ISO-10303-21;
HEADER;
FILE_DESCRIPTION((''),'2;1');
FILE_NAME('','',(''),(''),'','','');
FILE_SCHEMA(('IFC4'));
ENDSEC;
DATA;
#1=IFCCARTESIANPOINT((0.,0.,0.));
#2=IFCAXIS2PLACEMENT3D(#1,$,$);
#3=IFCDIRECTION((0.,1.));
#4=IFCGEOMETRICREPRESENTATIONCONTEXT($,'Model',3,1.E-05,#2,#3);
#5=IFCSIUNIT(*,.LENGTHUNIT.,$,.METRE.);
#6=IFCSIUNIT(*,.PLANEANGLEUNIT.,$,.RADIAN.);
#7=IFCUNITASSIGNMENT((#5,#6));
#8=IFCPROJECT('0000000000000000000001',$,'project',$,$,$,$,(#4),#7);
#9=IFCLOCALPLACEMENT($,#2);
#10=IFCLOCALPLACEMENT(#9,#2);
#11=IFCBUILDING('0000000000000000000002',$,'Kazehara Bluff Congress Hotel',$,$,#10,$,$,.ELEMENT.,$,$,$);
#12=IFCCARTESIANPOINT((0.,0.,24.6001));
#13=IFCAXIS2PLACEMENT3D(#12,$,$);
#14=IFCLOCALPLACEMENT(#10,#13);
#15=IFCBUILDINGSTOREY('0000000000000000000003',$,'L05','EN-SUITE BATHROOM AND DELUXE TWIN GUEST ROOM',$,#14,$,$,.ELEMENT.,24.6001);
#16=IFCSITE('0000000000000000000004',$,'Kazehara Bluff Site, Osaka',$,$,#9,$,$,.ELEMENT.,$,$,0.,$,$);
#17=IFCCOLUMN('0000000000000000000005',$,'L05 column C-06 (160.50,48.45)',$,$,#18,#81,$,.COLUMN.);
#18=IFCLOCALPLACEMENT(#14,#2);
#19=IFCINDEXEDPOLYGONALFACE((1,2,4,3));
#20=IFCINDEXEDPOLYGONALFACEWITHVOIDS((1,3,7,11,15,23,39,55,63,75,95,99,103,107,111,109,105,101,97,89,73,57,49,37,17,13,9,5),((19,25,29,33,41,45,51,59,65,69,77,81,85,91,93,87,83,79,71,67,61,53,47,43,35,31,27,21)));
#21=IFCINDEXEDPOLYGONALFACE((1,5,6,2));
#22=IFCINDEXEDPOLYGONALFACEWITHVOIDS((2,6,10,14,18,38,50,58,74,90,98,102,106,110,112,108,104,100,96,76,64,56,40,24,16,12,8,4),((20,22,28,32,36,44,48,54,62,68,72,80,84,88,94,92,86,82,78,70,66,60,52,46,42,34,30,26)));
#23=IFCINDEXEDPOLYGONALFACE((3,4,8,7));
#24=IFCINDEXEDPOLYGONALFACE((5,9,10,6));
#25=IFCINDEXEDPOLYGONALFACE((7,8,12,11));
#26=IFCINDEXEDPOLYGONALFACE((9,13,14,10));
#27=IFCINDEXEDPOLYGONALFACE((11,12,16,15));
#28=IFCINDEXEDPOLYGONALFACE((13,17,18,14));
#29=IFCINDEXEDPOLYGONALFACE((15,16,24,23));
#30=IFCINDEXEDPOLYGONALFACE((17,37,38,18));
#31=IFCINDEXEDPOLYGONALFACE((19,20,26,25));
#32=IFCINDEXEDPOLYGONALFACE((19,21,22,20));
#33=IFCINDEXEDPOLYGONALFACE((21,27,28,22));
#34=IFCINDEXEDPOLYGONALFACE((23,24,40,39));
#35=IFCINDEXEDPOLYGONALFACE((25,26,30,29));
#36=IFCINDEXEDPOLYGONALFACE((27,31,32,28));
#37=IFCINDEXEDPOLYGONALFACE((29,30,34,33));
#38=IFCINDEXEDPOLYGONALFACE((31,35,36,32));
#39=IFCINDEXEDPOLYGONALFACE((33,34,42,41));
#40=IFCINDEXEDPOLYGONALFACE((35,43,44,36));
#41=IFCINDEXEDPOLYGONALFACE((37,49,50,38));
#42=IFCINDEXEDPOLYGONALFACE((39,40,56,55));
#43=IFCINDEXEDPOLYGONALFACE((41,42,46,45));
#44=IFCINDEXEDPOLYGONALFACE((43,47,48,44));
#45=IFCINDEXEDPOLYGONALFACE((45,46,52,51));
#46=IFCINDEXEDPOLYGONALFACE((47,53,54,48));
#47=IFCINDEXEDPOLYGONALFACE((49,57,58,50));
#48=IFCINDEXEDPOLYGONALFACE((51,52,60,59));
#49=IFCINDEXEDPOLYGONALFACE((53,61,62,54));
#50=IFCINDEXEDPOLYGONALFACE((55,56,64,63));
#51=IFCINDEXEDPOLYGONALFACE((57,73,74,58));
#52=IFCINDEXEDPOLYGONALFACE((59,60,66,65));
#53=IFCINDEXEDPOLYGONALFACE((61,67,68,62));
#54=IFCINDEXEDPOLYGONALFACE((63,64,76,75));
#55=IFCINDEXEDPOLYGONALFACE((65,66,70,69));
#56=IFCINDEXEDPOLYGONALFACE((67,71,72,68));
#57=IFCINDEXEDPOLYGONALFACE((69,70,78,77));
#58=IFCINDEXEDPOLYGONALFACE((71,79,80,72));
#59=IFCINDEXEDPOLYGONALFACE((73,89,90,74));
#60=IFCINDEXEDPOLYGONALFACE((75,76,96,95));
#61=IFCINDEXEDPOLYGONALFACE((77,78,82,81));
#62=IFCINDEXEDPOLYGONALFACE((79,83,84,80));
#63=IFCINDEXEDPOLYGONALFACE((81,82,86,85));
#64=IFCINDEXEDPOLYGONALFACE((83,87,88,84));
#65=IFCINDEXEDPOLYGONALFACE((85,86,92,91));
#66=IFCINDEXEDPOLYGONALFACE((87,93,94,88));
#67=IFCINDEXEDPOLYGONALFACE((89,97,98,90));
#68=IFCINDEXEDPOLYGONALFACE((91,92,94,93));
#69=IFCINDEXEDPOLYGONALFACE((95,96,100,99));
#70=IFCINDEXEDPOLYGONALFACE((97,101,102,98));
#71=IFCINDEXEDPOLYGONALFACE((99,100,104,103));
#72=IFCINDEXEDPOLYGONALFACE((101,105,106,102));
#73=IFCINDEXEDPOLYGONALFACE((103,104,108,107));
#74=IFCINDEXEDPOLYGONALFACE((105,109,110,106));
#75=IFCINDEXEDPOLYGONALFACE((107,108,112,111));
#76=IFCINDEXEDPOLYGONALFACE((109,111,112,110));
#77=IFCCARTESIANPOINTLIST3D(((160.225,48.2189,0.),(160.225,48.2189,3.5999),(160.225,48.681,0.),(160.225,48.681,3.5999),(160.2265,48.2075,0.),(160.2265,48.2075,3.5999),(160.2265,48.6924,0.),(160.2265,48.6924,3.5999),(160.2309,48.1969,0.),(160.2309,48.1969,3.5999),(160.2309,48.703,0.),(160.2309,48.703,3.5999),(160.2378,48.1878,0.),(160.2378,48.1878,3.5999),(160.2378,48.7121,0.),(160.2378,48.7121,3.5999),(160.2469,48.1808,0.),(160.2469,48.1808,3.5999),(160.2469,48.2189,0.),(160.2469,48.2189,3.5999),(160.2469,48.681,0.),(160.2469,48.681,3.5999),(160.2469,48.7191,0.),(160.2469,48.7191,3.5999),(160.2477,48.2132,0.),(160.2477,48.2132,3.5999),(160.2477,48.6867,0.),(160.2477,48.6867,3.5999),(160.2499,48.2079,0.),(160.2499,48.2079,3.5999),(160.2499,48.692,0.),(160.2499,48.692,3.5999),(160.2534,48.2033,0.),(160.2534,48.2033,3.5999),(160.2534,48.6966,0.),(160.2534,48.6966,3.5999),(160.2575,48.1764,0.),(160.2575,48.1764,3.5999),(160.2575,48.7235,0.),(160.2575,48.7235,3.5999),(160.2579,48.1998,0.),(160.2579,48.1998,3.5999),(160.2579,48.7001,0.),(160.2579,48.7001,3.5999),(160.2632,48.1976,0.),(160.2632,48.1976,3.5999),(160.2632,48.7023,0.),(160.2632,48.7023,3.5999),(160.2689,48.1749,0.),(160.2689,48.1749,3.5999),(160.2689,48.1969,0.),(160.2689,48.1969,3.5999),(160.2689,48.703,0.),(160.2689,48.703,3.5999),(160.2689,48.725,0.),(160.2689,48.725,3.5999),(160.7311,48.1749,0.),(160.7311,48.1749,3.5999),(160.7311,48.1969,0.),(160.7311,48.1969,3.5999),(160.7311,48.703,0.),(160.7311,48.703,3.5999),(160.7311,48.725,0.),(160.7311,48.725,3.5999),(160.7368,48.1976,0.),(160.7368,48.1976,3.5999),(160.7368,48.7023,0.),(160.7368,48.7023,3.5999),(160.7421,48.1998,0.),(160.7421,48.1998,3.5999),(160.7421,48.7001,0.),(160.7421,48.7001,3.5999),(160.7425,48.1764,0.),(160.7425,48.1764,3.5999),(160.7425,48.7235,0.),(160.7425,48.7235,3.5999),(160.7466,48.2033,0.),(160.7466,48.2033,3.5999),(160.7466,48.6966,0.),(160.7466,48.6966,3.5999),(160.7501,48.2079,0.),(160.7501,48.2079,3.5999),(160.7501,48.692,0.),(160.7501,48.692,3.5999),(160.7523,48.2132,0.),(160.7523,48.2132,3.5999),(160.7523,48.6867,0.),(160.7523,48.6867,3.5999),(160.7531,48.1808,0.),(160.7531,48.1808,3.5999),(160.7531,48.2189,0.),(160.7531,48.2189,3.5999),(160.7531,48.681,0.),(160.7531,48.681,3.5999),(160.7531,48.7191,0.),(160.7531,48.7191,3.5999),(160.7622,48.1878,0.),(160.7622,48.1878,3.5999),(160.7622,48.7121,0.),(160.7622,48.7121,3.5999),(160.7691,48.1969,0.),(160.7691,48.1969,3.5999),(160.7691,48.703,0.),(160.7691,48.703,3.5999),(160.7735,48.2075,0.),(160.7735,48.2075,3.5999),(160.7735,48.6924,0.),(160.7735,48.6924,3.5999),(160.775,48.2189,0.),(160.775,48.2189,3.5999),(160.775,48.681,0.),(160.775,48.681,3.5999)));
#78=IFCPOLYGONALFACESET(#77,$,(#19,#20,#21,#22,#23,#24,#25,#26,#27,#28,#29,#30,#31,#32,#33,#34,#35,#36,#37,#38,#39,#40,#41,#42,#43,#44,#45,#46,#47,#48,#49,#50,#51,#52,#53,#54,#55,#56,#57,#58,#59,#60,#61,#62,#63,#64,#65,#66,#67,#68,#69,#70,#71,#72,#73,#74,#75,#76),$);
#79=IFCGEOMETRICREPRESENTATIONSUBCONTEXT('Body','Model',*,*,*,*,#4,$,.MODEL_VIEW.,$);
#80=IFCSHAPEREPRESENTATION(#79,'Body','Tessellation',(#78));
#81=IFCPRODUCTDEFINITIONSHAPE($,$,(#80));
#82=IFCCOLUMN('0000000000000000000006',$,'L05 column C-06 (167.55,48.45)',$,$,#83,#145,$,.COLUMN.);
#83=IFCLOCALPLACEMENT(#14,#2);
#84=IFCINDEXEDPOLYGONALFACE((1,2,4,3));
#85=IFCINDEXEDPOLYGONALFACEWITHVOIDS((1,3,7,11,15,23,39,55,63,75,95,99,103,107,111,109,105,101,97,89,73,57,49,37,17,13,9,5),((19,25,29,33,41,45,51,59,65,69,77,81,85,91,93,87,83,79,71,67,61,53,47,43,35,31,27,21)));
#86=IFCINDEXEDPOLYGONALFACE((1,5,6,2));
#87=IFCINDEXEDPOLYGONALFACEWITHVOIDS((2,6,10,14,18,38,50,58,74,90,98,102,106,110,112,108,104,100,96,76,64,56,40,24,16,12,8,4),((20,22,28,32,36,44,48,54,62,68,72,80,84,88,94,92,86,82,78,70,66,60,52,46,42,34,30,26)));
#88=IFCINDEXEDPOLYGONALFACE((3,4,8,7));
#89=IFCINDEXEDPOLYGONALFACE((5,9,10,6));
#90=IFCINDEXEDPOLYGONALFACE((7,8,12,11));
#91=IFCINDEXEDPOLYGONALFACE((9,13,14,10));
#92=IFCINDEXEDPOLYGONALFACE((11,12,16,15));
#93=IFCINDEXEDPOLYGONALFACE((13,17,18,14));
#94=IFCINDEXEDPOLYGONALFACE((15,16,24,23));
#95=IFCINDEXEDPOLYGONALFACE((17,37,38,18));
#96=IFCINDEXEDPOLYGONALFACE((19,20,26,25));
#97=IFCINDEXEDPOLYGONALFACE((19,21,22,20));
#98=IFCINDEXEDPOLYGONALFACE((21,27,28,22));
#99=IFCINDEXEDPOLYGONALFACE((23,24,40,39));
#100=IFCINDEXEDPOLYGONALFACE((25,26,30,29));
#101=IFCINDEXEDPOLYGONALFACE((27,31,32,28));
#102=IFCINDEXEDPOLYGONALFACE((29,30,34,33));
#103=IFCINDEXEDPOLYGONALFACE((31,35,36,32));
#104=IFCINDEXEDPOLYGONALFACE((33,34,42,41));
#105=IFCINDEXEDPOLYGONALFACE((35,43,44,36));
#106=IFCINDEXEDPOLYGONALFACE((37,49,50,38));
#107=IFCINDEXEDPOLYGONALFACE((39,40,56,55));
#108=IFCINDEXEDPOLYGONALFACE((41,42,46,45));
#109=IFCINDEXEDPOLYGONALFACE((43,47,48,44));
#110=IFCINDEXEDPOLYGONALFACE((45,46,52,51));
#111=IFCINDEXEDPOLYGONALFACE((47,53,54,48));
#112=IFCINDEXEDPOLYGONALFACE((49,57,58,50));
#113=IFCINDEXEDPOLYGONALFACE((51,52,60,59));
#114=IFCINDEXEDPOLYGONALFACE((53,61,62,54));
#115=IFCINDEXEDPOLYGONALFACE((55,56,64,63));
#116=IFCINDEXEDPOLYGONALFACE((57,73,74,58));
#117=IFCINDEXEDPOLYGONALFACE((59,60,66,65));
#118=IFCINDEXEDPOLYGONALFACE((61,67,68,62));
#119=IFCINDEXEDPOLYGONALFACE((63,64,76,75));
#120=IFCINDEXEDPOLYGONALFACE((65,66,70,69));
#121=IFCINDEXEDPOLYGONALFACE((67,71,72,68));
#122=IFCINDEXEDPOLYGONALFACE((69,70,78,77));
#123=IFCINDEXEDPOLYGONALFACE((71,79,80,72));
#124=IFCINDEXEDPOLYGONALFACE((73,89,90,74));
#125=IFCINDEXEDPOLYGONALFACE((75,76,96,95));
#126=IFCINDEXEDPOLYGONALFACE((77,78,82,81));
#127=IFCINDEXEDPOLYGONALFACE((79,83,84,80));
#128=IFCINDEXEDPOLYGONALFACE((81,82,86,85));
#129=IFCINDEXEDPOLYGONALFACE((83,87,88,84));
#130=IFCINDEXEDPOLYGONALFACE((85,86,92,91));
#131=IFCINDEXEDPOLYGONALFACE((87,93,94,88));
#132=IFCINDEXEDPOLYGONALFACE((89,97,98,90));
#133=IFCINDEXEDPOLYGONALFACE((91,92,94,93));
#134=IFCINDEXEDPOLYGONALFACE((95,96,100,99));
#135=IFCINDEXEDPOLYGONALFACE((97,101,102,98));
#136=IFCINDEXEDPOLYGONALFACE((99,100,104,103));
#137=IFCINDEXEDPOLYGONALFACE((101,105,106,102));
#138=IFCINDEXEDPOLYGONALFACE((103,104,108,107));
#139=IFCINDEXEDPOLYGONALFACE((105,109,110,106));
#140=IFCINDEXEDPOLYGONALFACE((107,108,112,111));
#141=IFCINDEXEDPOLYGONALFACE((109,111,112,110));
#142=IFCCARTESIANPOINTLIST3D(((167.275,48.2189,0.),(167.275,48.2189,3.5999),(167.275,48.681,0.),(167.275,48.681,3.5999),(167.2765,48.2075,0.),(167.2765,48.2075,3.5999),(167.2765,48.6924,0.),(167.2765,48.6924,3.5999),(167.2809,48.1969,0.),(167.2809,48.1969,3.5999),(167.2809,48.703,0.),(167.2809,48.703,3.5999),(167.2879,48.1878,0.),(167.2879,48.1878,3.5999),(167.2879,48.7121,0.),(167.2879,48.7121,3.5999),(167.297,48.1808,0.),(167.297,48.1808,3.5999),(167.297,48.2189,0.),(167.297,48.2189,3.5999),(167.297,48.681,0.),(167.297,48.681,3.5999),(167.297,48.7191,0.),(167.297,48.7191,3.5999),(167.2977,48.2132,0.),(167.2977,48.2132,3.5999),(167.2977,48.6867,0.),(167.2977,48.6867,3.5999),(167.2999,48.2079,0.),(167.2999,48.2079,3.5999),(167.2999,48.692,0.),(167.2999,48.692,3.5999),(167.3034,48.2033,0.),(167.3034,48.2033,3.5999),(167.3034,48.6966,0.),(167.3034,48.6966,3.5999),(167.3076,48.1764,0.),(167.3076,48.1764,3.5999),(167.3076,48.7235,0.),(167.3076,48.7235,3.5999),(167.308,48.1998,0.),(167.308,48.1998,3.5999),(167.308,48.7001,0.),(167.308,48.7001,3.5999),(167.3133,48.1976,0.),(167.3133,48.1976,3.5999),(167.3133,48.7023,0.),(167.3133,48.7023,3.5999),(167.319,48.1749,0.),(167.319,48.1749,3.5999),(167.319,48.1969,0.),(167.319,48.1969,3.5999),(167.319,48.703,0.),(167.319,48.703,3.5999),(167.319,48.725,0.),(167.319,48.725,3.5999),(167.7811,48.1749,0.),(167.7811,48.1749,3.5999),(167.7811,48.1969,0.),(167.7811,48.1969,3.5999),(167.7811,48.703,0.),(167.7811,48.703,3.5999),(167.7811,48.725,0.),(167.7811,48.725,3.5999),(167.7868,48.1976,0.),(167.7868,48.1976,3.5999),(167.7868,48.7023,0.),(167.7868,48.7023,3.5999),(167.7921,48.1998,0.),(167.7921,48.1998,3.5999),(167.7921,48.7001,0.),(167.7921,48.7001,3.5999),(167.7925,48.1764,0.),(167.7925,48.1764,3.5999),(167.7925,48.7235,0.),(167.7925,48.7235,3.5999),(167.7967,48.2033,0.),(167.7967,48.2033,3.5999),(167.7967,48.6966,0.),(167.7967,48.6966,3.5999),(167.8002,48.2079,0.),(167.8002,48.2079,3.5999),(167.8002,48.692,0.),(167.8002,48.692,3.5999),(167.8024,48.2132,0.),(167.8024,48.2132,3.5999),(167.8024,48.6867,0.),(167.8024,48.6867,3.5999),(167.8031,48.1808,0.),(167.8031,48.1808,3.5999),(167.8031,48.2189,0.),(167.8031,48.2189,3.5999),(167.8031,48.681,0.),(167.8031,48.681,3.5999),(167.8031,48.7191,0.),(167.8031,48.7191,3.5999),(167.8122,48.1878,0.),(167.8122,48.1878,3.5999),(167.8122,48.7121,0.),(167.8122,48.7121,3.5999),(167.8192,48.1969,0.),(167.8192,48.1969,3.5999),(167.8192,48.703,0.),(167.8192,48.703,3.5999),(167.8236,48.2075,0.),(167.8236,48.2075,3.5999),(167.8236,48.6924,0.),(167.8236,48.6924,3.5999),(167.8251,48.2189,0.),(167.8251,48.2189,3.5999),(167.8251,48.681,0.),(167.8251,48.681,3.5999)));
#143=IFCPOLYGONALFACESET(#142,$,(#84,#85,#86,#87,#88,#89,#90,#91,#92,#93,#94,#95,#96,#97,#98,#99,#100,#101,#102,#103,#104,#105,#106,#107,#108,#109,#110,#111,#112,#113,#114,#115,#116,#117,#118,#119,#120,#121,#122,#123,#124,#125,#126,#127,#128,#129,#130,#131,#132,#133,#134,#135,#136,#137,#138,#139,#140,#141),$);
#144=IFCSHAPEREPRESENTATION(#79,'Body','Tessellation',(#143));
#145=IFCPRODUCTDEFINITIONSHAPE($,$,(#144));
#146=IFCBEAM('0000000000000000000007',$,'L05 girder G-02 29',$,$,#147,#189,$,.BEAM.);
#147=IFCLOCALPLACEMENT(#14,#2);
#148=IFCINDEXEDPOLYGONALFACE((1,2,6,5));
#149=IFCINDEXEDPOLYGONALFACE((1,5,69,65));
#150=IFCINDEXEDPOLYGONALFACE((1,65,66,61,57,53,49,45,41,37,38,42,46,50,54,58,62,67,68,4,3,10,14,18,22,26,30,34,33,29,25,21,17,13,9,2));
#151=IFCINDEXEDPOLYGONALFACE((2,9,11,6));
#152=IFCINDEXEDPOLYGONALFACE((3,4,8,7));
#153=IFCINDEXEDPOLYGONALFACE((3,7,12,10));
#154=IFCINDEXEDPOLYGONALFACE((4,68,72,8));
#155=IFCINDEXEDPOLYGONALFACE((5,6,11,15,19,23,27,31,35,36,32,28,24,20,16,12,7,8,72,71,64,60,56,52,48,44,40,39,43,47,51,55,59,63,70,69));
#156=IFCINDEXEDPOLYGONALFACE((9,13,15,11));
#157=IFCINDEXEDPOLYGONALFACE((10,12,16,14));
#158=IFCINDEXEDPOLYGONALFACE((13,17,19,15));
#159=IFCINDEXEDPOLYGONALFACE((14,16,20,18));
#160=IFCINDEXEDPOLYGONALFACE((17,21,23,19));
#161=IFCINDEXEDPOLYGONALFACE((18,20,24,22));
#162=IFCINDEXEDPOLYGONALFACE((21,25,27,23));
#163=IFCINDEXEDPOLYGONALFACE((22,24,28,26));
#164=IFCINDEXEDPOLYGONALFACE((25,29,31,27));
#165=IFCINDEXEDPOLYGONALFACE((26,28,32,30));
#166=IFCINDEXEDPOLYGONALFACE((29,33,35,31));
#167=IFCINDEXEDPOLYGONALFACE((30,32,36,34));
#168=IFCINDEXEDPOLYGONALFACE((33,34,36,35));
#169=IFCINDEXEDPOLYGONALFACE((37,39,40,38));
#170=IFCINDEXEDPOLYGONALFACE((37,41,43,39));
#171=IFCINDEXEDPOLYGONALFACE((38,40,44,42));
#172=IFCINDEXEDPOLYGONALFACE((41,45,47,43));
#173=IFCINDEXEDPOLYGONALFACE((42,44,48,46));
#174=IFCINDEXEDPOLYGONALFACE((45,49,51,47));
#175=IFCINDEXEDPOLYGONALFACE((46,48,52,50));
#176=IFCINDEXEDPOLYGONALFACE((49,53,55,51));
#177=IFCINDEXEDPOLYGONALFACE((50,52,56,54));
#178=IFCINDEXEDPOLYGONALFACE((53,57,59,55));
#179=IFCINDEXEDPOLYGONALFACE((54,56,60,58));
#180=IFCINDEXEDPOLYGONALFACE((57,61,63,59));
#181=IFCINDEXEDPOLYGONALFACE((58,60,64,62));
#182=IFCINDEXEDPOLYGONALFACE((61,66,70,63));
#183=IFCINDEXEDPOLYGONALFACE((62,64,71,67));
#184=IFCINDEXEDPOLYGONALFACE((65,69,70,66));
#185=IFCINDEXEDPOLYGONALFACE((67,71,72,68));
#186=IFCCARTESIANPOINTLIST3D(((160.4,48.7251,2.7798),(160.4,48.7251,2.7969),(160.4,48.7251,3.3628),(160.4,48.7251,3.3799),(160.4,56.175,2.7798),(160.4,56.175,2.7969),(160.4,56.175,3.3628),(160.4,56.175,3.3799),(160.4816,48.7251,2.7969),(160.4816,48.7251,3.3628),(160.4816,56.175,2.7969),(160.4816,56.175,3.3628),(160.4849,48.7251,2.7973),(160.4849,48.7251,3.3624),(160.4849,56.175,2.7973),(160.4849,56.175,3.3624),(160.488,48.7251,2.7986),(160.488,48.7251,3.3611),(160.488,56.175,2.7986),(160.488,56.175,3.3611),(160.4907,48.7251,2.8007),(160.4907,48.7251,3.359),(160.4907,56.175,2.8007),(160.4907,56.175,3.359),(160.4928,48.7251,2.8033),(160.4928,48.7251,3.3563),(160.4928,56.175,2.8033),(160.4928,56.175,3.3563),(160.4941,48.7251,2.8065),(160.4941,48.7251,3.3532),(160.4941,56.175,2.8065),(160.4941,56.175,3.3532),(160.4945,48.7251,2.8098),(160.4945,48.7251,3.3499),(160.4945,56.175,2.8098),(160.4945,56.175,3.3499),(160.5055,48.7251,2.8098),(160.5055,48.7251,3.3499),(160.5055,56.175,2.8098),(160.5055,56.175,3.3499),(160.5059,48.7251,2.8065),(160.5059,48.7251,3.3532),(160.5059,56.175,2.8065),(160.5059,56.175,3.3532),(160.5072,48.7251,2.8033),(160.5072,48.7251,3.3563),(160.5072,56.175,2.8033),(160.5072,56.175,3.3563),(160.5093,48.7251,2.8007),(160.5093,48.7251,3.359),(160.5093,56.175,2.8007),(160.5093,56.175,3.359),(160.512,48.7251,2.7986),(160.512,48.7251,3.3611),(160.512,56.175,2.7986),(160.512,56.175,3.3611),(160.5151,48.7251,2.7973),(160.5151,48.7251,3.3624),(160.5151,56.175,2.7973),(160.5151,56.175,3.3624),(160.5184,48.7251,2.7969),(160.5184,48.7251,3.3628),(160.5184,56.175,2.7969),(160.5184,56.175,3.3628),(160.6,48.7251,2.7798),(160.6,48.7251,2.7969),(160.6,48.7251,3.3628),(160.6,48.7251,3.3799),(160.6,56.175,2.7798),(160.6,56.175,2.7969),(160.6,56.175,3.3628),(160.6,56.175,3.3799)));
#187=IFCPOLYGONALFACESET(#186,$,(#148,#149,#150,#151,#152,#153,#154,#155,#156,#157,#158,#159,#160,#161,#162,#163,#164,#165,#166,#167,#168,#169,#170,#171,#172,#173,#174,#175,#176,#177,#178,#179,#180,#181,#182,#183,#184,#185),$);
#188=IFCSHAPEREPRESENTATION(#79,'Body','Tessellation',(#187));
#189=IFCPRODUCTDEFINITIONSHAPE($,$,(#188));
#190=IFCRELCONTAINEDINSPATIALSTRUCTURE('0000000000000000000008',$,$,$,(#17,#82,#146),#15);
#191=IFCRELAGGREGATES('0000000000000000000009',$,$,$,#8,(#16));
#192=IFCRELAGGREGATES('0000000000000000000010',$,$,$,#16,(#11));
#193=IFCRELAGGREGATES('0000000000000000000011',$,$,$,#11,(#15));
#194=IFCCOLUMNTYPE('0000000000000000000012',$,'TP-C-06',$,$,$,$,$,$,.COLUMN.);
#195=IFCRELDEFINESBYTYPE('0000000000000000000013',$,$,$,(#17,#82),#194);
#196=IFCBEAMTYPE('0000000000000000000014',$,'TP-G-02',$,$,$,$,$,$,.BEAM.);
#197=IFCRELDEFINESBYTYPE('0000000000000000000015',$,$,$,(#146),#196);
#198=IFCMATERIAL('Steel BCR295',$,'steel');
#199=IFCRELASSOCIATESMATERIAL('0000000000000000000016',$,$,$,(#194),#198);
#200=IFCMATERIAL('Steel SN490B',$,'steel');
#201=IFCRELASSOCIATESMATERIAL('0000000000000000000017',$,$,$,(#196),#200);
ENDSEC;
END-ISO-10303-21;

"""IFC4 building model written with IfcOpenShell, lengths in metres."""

from ifc_helpers import new_model, si_unit, direction, frame, origin, origin_2d, place, context, subcontext, project, spatial, hollow_rectangle, i_section, extrude, material, material_profile, profile_set, type_object, element, save


model = new_model("IFC4")

# Units and contexts
model_context = context("Model", 3, precision=1e-05, world=origin(), true_north=direction((0.0, 1.0)))
body_context = subcontext(model_context, "Body", "Model", "MODEL_VIEW")
ifc_project = project(units=[si_unit("LENGTHUNIT", "METRE"), si_unit("PLANEANGLEUNIT", "RADIAN")], contexts=[model_context])

# Site, building, storey
site_placement = place(None, origin())
site = spatial("IfcSite", under=ifc_project, at=site_placement, Name="Kazehara Bluff Site, Osaka", CompositionType="ELEMENT", RefElevation=0.0)
building_placement = place(site_placement, origin())
building = spatial("IfcBuilding", under=site, at=building_placement, Name="Kazehara Bluff Congress Hotel", CompositionType="ELEMENT")
storey_placement = place(building_placement, frame((0.0, 0.0, 24.6001)))
storey = spatial("IfcBuildingStorey", under=building, at=storey_placement, Name="L05", Description="EN-SUITE BATHROOM AND DELUXE TWIN GUEST ROOM", CompositionType="ELEMENT", Elevation=24.6001)

# Columns
ifc_material_1 = material(Name="Steel BCR295", Category="steel")
ifc_material_profile_1 = material_profile(ifc_material_1, hollow_rectangle(XDim=0.55, YDim=0.55, WallThickness=0.022, InnerFilletRadius=0.022, OuterFilletRadius=0.0439, at=origin_2d()))
ifc_profile_set_1 = profile_set([ifc_material_profile_1], Name="Steel BCR295")
column_type = type_object("IfcColumnType", Name="TP-C-06", PredefinedType="COLUMN", material=ifc_profile_set_1)
for number, where, z_axis, x_axis, name in (
    (1, (160.5, 48.45, 0.0), (0.0, 0.0, 1.0), (1.0, 0.0, 0.0), "L05 column C-06 (160.50,48.45)"),
    (2, (167.55, 48.45, 0.0), (0.0, 0.0, 1.0), (1.0, 0.0, 0.0), "L05 column C-06 (167.55,48.45)"),
):
    element("IfcColumn", number, at=place(storey_placement, frame(where, z_axis=z_axis, x_axis=x_axis)), inside=storey, type_object=column_type, Name=name, PredefinedType="COLUMN", context=body_context, shape_type="SweptSolid", body=[
        extrude(hollow_rectangle(XDim=0.55, YDim=0.55, WallThickness=0.022, InnerFilletRadius=0.022, OuterFilletRadius=0.0439, at=origin_2d()), origin(), (0.0, 0.0, 1.0), 3.5999),
    ])

# Beam
ifc_material_2 = material(Name="Steel SN490B", Category="steel")
ifc_material_profile_2 = material_profile(ifc_material_2, i_section(OverallWidth=0.2, OverallDepth=0.6001, WebThickness=0.011, FlangeThickness=0.0171, FilletRadius=0.0129, at=origin_2d()))
ifc_profile_set_2 = profile_set([ifc_material_profile_2], Name="Steel SN490B")
beam_type_1 = type_object("IfcBeamType", Name="TP-G-02", PredefinedType="BEAM", material=ifc_profile_set_2)
for number, where, z_axis, x_axis, name in (
    (3, (160.5, 48.7251, 3.0798), (0.0, 1.0, 0.0), (-1.0, 0.0, 0.0), "L05 girder G-02 29"),
):
    element("IfcBeam", number, at=place(storey_placement, frame(where, z_axis=z_axis, x_axis=x_axis)), inside=storey, type_object=beam_type_1, Name=name, PredefinedType="BEAM", context=body_context, shape_type="SweptSolid", body=[
        extrude(i_section(OverallWidth=0.2, OverallDepth=0.6001, WebThickness=0.011, FlangeThickness=0.0171, FilletRadius=0.0129, at=origin_2d()), origin(), (0.0, 0.0, 1.0), 7.45),
    ])

save(model, "model.ifc")
